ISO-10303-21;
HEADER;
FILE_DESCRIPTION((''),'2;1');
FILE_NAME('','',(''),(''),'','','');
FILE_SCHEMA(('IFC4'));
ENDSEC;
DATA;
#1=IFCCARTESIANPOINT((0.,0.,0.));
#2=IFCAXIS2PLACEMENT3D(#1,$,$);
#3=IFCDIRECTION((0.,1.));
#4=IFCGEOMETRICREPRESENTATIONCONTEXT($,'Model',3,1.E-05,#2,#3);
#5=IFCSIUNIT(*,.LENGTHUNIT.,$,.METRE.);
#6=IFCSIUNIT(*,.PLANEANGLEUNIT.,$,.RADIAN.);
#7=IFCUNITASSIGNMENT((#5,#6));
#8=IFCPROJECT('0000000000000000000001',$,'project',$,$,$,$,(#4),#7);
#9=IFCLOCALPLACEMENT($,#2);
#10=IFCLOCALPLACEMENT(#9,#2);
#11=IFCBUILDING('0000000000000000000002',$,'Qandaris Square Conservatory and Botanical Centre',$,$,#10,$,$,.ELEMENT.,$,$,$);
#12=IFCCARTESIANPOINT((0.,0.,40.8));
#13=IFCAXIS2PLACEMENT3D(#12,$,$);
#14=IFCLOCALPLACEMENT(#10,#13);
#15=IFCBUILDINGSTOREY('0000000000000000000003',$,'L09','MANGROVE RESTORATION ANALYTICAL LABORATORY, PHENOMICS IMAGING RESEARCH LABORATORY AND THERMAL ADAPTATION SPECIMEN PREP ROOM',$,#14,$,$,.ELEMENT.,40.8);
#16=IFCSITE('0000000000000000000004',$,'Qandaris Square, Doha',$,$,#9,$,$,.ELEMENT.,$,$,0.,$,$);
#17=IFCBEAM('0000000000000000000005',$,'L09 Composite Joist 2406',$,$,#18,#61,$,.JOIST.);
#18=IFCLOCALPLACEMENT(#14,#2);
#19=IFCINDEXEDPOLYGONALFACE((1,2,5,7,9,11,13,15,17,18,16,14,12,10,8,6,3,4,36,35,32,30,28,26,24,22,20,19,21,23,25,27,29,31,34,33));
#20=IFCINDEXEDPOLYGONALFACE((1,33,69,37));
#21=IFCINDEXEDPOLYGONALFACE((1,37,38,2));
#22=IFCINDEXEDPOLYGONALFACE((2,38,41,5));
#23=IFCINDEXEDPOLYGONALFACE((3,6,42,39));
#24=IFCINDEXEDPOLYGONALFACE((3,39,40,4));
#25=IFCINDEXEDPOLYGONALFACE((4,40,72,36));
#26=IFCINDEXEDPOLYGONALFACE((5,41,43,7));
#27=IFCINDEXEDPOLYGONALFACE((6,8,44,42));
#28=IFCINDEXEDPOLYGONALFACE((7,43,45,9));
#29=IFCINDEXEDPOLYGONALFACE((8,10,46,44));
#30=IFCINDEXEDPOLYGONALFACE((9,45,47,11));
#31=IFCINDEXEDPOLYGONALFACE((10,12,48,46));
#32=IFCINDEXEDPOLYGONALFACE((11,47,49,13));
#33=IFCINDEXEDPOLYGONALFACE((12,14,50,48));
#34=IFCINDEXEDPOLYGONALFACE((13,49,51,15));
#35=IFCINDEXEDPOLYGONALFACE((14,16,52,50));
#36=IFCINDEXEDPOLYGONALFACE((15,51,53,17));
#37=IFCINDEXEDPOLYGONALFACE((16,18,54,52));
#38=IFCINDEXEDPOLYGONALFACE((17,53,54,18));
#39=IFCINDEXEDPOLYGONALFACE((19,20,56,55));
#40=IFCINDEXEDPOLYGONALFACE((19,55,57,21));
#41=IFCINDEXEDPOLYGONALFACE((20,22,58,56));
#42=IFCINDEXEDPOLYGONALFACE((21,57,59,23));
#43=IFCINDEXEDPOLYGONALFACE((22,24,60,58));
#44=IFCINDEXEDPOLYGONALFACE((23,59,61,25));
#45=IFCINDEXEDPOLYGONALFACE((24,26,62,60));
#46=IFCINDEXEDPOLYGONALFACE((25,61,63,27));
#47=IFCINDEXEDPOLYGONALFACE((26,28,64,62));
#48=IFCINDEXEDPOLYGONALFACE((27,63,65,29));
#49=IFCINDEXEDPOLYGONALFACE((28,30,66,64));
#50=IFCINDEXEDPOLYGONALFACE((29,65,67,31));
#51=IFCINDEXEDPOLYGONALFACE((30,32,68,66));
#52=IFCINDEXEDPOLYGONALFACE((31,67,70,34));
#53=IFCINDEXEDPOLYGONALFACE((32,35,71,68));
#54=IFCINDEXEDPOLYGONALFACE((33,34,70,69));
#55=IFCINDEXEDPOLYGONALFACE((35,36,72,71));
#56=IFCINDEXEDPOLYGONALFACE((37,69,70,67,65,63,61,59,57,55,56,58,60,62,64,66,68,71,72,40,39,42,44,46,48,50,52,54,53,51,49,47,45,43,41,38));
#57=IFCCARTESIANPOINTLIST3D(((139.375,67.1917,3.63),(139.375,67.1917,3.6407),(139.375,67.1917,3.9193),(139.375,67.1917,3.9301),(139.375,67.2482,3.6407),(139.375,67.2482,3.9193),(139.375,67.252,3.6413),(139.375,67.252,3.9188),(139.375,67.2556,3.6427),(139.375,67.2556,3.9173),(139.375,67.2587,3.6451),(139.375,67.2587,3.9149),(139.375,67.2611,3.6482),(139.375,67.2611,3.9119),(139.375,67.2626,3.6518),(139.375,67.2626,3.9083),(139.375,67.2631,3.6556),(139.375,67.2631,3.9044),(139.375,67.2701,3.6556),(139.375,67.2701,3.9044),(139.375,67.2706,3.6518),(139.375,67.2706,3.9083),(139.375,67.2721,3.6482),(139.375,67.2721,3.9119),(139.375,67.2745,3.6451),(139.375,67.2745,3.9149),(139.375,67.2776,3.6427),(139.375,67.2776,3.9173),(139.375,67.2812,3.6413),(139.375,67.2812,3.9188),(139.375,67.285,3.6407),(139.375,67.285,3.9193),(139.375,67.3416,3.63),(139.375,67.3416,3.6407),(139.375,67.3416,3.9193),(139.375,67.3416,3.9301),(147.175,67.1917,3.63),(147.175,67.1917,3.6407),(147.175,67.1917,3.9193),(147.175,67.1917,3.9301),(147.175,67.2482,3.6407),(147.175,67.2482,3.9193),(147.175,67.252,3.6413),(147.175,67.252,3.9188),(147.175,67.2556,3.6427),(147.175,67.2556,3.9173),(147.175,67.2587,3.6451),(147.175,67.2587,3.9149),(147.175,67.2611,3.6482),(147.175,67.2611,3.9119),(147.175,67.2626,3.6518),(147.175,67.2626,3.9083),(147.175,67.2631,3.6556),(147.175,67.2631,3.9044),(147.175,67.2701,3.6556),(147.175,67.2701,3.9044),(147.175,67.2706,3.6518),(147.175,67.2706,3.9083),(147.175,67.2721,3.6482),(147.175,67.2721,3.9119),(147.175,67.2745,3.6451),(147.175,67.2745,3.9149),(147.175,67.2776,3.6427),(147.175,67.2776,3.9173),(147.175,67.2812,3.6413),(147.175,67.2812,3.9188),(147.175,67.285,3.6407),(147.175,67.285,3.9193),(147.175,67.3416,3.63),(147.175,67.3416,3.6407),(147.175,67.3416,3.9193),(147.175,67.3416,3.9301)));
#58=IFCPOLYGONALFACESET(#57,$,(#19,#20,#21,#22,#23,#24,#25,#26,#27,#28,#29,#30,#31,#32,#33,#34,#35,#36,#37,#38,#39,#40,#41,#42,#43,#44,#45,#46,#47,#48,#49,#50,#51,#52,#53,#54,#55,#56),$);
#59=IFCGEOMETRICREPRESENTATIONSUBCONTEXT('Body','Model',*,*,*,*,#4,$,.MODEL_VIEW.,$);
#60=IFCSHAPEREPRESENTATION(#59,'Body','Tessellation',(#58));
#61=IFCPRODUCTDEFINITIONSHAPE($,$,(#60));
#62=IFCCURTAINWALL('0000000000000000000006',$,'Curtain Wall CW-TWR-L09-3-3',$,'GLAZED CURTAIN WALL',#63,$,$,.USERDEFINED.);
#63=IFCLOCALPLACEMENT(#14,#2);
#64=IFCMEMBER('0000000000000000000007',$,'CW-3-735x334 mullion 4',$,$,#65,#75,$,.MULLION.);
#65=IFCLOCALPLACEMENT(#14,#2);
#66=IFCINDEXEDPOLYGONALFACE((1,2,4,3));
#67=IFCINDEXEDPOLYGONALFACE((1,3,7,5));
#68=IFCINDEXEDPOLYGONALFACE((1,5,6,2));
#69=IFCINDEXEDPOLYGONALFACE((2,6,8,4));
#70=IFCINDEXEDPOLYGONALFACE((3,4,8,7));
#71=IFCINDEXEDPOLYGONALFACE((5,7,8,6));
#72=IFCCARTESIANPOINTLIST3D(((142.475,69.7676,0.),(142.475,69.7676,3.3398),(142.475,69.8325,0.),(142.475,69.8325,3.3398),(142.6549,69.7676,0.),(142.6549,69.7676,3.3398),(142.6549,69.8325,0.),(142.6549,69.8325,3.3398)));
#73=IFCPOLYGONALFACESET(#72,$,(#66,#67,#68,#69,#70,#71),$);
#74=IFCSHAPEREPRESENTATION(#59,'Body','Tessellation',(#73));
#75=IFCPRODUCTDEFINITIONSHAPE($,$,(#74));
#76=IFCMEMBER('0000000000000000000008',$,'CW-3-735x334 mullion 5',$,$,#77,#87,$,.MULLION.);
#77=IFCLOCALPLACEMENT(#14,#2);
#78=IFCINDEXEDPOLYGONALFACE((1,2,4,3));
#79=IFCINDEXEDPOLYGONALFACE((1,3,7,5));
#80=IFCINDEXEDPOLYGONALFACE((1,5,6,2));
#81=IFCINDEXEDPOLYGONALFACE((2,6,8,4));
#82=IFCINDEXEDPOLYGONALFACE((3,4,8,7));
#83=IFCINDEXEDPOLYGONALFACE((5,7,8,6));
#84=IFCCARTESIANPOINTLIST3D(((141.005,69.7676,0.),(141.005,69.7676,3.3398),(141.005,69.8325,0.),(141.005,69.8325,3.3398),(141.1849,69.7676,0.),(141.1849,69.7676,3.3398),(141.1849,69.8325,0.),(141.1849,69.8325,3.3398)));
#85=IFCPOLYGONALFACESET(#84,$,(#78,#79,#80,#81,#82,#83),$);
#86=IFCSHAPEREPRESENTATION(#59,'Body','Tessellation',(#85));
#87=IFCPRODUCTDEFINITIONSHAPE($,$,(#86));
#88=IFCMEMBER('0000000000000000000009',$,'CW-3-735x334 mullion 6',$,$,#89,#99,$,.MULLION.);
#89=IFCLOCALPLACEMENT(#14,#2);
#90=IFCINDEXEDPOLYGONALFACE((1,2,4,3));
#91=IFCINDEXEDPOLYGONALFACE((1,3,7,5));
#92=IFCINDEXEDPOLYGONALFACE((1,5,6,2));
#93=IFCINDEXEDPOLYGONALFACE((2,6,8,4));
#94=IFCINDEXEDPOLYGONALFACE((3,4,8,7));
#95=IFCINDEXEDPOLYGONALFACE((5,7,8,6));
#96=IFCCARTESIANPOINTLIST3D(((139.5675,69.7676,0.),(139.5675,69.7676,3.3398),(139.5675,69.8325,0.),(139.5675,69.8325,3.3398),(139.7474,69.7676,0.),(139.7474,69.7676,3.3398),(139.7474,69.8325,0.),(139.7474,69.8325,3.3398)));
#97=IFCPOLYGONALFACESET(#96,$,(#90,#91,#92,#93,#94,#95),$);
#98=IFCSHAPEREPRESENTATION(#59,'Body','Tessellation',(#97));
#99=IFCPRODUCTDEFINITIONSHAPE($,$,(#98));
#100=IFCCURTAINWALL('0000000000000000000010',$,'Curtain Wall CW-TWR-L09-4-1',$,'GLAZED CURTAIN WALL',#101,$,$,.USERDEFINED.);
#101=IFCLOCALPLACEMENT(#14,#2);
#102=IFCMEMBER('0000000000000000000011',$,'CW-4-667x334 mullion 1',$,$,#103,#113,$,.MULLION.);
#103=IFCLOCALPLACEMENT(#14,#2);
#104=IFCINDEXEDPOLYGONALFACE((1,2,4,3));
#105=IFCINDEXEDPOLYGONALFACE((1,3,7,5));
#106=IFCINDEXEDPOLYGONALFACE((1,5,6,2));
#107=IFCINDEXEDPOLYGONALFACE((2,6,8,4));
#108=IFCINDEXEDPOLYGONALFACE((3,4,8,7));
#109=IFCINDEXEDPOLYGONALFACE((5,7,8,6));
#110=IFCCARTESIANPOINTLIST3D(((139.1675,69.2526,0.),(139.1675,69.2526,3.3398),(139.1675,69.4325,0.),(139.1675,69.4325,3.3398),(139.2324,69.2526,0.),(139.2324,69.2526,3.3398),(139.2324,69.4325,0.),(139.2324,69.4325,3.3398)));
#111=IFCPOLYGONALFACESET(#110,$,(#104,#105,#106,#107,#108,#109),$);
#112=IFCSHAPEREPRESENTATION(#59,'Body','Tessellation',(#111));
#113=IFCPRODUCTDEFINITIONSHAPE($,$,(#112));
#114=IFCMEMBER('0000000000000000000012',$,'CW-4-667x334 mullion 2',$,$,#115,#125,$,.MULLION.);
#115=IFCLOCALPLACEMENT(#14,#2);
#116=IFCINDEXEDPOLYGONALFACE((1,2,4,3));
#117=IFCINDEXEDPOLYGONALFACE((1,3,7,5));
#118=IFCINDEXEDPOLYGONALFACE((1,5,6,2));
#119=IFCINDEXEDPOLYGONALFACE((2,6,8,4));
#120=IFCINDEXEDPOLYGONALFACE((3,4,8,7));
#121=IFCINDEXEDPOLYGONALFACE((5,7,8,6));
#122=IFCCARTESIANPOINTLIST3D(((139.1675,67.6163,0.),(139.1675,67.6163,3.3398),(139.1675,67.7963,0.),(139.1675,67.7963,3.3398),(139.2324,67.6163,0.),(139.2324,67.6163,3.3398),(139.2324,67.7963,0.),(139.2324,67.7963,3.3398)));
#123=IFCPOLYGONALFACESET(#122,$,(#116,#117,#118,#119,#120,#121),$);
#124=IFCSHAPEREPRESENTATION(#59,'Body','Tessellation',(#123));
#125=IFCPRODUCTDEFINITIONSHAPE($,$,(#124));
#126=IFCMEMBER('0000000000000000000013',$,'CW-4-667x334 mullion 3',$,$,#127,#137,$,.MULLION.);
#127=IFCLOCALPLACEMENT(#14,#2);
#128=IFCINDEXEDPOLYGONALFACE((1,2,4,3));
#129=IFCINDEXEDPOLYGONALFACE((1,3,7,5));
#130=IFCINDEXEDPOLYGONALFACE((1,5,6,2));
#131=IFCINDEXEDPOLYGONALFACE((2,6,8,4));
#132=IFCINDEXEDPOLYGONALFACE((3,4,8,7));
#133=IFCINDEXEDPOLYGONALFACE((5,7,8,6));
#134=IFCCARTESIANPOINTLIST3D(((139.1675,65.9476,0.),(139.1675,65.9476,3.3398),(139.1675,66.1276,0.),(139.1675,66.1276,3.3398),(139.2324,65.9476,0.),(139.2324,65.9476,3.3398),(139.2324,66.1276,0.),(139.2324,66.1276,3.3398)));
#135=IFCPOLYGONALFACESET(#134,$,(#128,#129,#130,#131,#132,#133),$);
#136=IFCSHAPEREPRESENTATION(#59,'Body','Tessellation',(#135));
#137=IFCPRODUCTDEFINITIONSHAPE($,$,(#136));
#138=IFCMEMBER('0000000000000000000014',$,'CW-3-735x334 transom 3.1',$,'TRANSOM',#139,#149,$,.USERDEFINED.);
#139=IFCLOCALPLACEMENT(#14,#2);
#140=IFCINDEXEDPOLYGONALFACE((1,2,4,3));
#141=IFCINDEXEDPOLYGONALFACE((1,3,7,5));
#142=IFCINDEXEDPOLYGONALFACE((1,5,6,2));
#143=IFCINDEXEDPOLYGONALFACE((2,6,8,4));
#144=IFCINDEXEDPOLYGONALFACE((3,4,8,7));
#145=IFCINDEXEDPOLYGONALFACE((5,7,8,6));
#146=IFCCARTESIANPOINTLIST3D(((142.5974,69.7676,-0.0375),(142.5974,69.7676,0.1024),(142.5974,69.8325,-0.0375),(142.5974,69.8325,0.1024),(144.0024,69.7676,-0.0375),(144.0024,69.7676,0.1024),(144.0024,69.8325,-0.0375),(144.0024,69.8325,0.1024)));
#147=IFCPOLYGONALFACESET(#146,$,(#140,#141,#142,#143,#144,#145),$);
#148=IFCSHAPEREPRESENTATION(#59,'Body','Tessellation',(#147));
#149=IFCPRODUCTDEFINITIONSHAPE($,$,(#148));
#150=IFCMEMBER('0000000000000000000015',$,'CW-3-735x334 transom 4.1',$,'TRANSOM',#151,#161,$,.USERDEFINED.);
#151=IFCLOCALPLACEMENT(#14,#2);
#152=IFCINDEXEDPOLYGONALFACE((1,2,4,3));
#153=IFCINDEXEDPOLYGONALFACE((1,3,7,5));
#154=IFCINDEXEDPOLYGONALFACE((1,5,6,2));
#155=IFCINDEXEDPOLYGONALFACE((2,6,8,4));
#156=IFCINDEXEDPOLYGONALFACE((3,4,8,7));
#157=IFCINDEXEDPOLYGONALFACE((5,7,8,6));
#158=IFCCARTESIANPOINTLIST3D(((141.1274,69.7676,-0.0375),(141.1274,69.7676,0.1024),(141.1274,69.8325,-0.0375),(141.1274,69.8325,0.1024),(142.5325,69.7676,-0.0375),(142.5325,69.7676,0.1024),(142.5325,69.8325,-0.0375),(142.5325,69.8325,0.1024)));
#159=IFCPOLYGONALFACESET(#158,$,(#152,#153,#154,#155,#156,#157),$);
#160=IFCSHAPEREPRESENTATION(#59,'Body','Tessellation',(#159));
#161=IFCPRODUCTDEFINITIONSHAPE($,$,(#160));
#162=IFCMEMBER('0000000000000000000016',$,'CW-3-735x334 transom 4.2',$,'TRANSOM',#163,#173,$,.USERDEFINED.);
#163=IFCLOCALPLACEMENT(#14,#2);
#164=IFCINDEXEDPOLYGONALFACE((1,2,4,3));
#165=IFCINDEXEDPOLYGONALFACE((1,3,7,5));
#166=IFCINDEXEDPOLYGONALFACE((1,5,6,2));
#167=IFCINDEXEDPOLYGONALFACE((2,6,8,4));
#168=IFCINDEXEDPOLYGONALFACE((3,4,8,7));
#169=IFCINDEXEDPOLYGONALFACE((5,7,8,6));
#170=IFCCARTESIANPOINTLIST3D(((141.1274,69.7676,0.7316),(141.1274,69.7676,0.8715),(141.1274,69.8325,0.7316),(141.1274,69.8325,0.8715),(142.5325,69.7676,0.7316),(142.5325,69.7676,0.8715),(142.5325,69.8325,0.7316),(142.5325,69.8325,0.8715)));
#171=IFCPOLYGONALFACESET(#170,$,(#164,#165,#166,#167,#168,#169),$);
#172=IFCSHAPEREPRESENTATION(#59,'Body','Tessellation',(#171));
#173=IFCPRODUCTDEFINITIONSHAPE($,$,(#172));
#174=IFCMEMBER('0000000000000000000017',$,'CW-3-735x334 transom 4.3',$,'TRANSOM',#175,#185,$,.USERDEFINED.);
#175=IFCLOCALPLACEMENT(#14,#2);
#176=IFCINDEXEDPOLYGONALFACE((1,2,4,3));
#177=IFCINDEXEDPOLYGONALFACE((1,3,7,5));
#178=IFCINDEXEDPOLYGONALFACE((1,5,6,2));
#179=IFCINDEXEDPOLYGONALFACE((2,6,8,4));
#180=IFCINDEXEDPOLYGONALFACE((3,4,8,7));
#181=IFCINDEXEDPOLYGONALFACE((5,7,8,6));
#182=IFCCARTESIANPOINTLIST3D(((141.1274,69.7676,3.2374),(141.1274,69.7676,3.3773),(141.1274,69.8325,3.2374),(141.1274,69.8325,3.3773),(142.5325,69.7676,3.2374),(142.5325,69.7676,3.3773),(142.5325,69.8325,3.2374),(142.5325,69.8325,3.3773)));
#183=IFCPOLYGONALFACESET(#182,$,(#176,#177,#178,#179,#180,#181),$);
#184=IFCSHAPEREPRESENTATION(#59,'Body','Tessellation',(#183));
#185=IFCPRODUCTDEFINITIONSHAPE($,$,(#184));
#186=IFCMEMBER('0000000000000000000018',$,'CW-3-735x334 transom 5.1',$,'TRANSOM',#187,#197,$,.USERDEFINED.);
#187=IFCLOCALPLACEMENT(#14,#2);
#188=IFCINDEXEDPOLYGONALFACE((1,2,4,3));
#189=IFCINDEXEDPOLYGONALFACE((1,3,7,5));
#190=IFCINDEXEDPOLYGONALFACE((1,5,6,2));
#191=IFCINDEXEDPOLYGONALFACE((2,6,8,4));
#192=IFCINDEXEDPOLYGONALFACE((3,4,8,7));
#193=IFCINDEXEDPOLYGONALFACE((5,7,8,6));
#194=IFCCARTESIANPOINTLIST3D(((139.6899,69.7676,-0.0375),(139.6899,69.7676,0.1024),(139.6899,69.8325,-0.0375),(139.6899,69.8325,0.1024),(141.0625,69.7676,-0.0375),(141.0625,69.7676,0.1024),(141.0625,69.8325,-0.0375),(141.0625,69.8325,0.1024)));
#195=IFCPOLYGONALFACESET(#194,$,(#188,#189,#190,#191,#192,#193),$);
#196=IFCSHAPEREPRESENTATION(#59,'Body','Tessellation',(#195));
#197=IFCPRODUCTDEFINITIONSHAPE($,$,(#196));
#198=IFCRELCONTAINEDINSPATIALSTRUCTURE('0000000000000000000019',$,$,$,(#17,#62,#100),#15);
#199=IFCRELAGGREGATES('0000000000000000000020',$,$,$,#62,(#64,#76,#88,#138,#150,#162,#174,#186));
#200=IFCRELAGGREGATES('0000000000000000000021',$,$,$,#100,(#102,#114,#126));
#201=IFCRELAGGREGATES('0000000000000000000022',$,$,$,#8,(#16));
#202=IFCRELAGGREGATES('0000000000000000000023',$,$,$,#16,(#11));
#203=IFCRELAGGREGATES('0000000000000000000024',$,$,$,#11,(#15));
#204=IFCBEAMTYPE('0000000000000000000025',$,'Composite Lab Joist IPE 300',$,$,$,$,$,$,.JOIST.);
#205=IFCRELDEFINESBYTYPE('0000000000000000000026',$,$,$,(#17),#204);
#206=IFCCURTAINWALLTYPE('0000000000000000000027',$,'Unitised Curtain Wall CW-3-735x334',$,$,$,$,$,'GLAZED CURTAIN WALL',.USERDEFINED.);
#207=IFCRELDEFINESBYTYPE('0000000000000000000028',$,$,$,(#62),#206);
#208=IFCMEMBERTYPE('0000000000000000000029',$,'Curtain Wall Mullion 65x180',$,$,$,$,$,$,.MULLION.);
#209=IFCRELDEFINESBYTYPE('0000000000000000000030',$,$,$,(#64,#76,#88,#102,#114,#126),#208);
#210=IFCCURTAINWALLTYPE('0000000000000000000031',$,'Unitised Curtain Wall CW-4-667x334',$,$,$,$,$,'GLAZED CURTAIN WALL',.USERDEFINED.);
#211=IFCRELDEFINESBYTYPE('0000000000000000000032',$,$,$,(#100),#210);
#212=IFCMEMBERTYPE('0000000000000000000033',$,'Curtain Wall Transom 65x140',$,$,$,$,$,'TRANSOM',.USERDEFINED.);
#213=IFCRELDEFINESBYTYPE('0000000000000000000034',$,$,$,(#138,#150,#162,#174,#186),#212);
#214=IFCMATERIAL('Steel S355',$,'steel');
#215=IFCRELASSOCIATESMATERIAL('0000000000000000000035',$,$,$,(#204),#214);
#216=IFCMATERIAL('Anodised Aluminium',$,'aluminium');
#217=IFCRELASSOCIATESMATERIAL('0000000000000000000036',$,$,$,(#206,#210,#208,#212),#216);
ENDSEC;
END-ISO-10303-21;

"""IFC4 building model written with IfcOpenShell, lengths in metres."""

from ifc_helpers import new_model, si_unit, direction, frame, origin, origin_2d, place, context, subcontext, project, spatial, rectangle, i_section, extrude, material, material_profile, profile_set, type_object, element, aggregate, save


model = new_model("IFC4")

# Units and contexts
model_context = context("Model", 3, precision=1e-05, world=origin(), true_north=direction((0.0, 1.0)))
body_context = subcontext(model_context, "Body", "Model", "MODEL_VIEW")
ifc_project = project(units=[si_unit("LENGTHUNIT", "METRE"), si_unit("PLANEANGLEUNIT", "RADIAN")], contexts=[model_context])

# Site, building, storey
site_placement = place(None, origin())
site = spatial("IfcSite", under=ifc_project, at=site_placement, Name="Qandaris Square, Doha", CompositionType="ELEMENT", RefElevation=0.0)
building_placement = place(site_placement, origin())
building = spatial("IfcBuilding", under=site, at=building_placement, Name="Qandaris Square Conservatory and Botanical Centre", CompositionType="ELEMENT")
storey_placement = place(building_placement, frame((0.0, 0.0, 40.8)))
storey = spatial("IfcBuildingStorey", under=building, at=storey_placement, Name="L09", Description="MANGROVE RESTORATION ANALYTICAL LABORATORY, PHENOMICS IMAGING RESEARCH LABORATORY AND THERMAL ADAPTATION SPECIMEN PREP ROOM", CompositionType="ELEMENT", Elevation=40.8)

# Beam
ifc_material_1 = material(Name="Steel S355", Category="steel")
ifc_material_profile_1 = material_profile(ifc_material_1, i_section(OverallWidth=0.1499, OverallDepth=0.3, WebThickness=0.0071, FlangeThickness=0.0107, FilletRadius=0.0149, at=origin_2d()), Name="IPE 300")
ifc_profile_set_1 = profile_set([ifc_material_profile_1], Name="Steel S355")
beam_type_1 = type_object("IfcBeamType", Name="Composite Lab Joist IPE 300", PredefinedType="JOIST", material=ifc_profile_set_1)
beam_1_placement = place(storey_placement, frame((139.375, 67.2666, 3.78), z_axis=(1.0, 0.0, 0.0), x_axis=(0.0, 1.0, 0.0)))
element("IfcBeam", 1, at=beam_1_placement, inside=storey, type_object=beam_type_1, Name="L09 Composite Joist 2406", PredefinedType="JOIST", context=body_context, shape_type="SweptSolid", body=[
    extrude(i_section(OverallWidth=0.1499, OverallDepth=0.3, WebThickness=0.0071, FlangeThickness=0.0107, FilletRadius=0.0149, at=origin_2d()), origin(), (0.0, 0.0, 1.0), 7.8),
])

# Curtain walls, members
ifc_material_2 = material(Name="Anodised Aluminium", Category="aluminium")
curtain_wall_type_1 = type_object("IfcCurtainWallType", Name="Unitised Curtain Wall CW-3-735x334", ElementType="GLAZED CURTAIN WALL", PredefinedType="USERDEFINED", material=ifc_material_2)
curtain_wall_1_placement = place(storey_placement, origin())
curtain_wall_1 = element("IfcCurtainWall", 2, at=curtain_wall_1_placement, inside=storey, type_object=curtain_wall_type_1, Name="Curtain Wall CW-TWR-L09-3-3", ObjectType="GLAZED CURTAIN WALL", PredefinedType="USERDEFINED")
ifc_material_profile_2 = material_profile(ifc_material_2, rectangle(XDim=0.0649, YDim=0.1799, at=origin_2d()), Name="ALU-MUL 65x180")
ifc_profile_set_2 = profile_set([ifc_material_profile_2], Name="Anodised Aluminium")
member_type_1 = type_object("IfcMemberType", Name="Curtain Wall Mullion 65x180", PredefinedType="MULLION", material=ifc_profile_set_2)
member_1_placement = place(storey_placement, frame((142.5649, 69.8, 0.0), z_axis=(0.0, 0.0, 1.0), x_axis=(0.0, -1.0, 0.0)))
member_1 = element("IfcMember", 3, at=member_1_placement, type_object=member_type_1, Name="CW-3-735x334 mullion 4", PredefinedType="MULLION", context=body_context, shape_type="SweptSolid", body=[
    extrude(rectangle(XDim=0.0649, YDim=0.1799, at=origin_2d()), origin(), (0.0, 0.0, 1.0), 3.3398),
])
member_2_placement = place(storey_placement, frame((141.095, 69.8, 0.0), z_axis=(0.0, 0.0, 1.0), x_axis=(0.0, -1.0, 0.0)))
member_2 = element("IfcMember", 4, at=member_2_placement, type_object=member_type_1, Name="CW-3-735x334 mullion 5", PredefinedType="MULLION", context=body_context, shape_type="SweptSolid", body=[
    extrude(rectangle(XDim=0.0649, YDim=0.1799, at=origin_2d()), origin(), (0.0, 0.0, 1.0), 3.3398),
])
member_3_placement = place(storey_placement, frame((139.6575, 69.8, 0.0), z_axis=(0.0, 0.0, 1.0), x_axis=(0.0, -1.0, 0.0)))
member_3 = element("IfcMember", 5, at=member_3_placement, type_object=member_type_1, Name="CW-3-735x334 mullion 6", PredefinedType="MULLION", context=body_context, shape_type="SweptSolid", body=[
    extrude(rectangle(XDim=0.0649, YDim=0.1799, at=origin_2d()), origin(), (0.0, 0.0, 1.0), 3.3398),
])
curtain_wall_type_2 = type_object("IfcCurtainWallType", Name="Unitised Curtain Wall CW-4-667x334", ElementType="GLAZED CURTAIN WALL", PredefinedType="USERDEFINED", material=ifc_material_2)
curtain_wall_2_placement = place(storey_placement, origin())
curtain_wall_2 = element("IfcCurtainWall", 6, at=curtain_wall_2_placement, inside=storey, type_object=curtain_wall_type_2, Name="Curtain Wall CW-TWR-L09-4-1", ObjectType="GLAZED CURTAIN WALL", PredefinedType="USERDEFINED")
member_4_placement = place(storey_placement, frame((139.2, 69.3425, 0.0), z_axis=(0.0, 0.0, 1.0), x_axis=(1.0, 0.0, 0.0)))
member_4 = element("IfcMember", 7, at=member_4_placement, type_object=member_type_1, Name="CW-4-667x334 mullion 1", PredefinedType="MULLION", context=body_context, shape_type="SweptSolid", body=[
    extrude(rectangle(XDim=0.0649, YDim=0.1799, at=origin_2d()), origin(), (0.0, 0.0, 1.0), 3.3398),
])
member_5_placement = place(storey_placement, frame((139.2, 67.7063, 0.0), z_axis=(0.0, 0.0, 1.0), x_axis=(1.0, 0.0, 0.0)))
member_5 = element("IfcMember", 8, at=member_5_placement, type_object=member_type_1, Name="CW-4-667x334 mullion 2", PredefinedType="MULLION", context=body_context, shape_type="SweptSolid", body=[
    extrude(rectangle(XDim=0.0649, YDim=0.1799, at=origin_2d()), origin(), (0.0, 0.0, 1.0), 3.3398),
])
member_6_placement = place(storey_placement, frame((139.2, 66.0376, 0.0), z_axis=(0.0, 0.0, 1.0), x_axis=(1.0, 0.0, 0.0)))
member_6 = element("IfcMember", 9, at=member_6_placement, type_object=member_type_1, Name="CW-4-667x334 mullion 3", PredefinedType="MULLION", context=body_context, shape_type="SweptSolid", body=[
    extrude(rectangle(XDim=0.0649, YDim=0.1799, at=origin_2d()), origin(), (0.0, 0.0, 1.0), 3.3398),
])

# Members
ifc_material_profile_3 = material_profile(ifc_material_2, rectangle(XDim=0.0649, YDim=0.1399, at=origin_2d()), Name="ALU-TRN 65x140")
ifc_profile_set_3 = profile_set([ifc_material_profile_3], Name="Anodised Aluminium")
member_type_2 = type_object("IfcMemberType", Name="Curtain Wall Transom 65x140", ElementType="TRANSOM", PredefinedType="USERDEFINED", material=ifc_profile_set_3)
member_7_placement = place(storey_placement, frame((144.0024, 69.8, 0.0325), z_axis=(-1.0, 0.0, 0.0), x_axis=(0.0, -1.0, 0.0)))
member_7 = element("IfcMember", 10, at=member_7_placement, type_object=member_type_2, Name="CW-3-735x334 transom 3.1", ObjectType="TRANSOM", PredefinedType="USERDEFINED", context=body_context, shape_type="SweptSolid", body=[
    extrude(rectangle(XDim=0.0649, YDim=0.1399, at=origin_2d()), origin(), (0.0, 0.0, 1.0), 1.405),
])
member_8_placement = place(storey_placement, frame((142.5325, 69.8, 0.0325), z_axis=(-1.0, 0.0, 0.0), x_axis=(0.0, -1.0, 0.0)))
member_8 = element("IfcMember", 11, at=member_8_placement, type_object=member_type_2, Name="CW-3-735x334 transom 4.1", ObjectType="TRANSOM", PredefinedType="USERDEFINED", context=body_context, shape_type="SweptSolid", body=[
    extrude(rectangle(XDim=0.0649, YDim=0.1399, at=origin_2d()), origin(), (0.0, 0.0, 1.0), 1.405),
])
member_9_placement = place(storey_placement, frame((142.5325, 69.8, 0.8015), z_axis=(-1.0, 0.0, 0.0), x_axis=(0.0, -1.0, 0.0)))
member_9 = element("IfcMember", 12, at=member_9_placement, type_object=member_type_2, Name="CW-3-735x334 transom 4.2", ObjectType="TRANSOM", PredefinedType="USERDEFINED", context=body_context, shape_type="SweptSolid", body=[
    extrude(rectangle(XDim=0.0649, YDim=0.1399, at=origin_2d()), origin(), (0.0, 0.0, 1.0), 1.405),
])
member_10_placement = place(storey_placement, frame((142.5325, 69.8, 3.3074), z_axis=(-1.0, 0.0, 0.0), x_axis=(0.0, -1.0, 0.0)))
member_10 = element("IfcMember", 13, at=member_10_placement, type_object=member_type_2, Name="CW-3-735x334 transom 4.3", ObjectType="TRANSOM", PredefinedType="USERDEFINED", context=body_context, shape_type="SweptSolid", body=[
    extrude(rectangle(XDim=0.0649, YDim=0.1399, at=origin_2d()), origin(), (0.0, 0.0, 1.0), 1.405),
])
member_11_placement = place(storey_placement, frame((141.0625, 69.8, 0.0325), z_axis=(-1.0, 0.0, 0.0), x_axis=(0.0, -1.0, 0.0)))
member_11 = element("IfcMember", 14, at=member_11_placement, type_object=member_type_2, Name="CW-3-735x334 transom 5.1", ObjectType="TRANSOM", PredefinedType="USERDEFINED", context=body_context, shape_type="SweptSolid", body=[
    extrude(rectangle(XDim=0.0649, YDim=0.1399, at=origin_2d()), origin(), (0.0, 0.0, 1.0), 1.3726),
])

aggregate(curtain_wall_1, [member_1, member_2, member_3, member_7, member_8, member_9, member_10, member_11])
aggregate(curtain_wall_2, [member_4, member_5, member_6])

save(model, "model.ifc")
